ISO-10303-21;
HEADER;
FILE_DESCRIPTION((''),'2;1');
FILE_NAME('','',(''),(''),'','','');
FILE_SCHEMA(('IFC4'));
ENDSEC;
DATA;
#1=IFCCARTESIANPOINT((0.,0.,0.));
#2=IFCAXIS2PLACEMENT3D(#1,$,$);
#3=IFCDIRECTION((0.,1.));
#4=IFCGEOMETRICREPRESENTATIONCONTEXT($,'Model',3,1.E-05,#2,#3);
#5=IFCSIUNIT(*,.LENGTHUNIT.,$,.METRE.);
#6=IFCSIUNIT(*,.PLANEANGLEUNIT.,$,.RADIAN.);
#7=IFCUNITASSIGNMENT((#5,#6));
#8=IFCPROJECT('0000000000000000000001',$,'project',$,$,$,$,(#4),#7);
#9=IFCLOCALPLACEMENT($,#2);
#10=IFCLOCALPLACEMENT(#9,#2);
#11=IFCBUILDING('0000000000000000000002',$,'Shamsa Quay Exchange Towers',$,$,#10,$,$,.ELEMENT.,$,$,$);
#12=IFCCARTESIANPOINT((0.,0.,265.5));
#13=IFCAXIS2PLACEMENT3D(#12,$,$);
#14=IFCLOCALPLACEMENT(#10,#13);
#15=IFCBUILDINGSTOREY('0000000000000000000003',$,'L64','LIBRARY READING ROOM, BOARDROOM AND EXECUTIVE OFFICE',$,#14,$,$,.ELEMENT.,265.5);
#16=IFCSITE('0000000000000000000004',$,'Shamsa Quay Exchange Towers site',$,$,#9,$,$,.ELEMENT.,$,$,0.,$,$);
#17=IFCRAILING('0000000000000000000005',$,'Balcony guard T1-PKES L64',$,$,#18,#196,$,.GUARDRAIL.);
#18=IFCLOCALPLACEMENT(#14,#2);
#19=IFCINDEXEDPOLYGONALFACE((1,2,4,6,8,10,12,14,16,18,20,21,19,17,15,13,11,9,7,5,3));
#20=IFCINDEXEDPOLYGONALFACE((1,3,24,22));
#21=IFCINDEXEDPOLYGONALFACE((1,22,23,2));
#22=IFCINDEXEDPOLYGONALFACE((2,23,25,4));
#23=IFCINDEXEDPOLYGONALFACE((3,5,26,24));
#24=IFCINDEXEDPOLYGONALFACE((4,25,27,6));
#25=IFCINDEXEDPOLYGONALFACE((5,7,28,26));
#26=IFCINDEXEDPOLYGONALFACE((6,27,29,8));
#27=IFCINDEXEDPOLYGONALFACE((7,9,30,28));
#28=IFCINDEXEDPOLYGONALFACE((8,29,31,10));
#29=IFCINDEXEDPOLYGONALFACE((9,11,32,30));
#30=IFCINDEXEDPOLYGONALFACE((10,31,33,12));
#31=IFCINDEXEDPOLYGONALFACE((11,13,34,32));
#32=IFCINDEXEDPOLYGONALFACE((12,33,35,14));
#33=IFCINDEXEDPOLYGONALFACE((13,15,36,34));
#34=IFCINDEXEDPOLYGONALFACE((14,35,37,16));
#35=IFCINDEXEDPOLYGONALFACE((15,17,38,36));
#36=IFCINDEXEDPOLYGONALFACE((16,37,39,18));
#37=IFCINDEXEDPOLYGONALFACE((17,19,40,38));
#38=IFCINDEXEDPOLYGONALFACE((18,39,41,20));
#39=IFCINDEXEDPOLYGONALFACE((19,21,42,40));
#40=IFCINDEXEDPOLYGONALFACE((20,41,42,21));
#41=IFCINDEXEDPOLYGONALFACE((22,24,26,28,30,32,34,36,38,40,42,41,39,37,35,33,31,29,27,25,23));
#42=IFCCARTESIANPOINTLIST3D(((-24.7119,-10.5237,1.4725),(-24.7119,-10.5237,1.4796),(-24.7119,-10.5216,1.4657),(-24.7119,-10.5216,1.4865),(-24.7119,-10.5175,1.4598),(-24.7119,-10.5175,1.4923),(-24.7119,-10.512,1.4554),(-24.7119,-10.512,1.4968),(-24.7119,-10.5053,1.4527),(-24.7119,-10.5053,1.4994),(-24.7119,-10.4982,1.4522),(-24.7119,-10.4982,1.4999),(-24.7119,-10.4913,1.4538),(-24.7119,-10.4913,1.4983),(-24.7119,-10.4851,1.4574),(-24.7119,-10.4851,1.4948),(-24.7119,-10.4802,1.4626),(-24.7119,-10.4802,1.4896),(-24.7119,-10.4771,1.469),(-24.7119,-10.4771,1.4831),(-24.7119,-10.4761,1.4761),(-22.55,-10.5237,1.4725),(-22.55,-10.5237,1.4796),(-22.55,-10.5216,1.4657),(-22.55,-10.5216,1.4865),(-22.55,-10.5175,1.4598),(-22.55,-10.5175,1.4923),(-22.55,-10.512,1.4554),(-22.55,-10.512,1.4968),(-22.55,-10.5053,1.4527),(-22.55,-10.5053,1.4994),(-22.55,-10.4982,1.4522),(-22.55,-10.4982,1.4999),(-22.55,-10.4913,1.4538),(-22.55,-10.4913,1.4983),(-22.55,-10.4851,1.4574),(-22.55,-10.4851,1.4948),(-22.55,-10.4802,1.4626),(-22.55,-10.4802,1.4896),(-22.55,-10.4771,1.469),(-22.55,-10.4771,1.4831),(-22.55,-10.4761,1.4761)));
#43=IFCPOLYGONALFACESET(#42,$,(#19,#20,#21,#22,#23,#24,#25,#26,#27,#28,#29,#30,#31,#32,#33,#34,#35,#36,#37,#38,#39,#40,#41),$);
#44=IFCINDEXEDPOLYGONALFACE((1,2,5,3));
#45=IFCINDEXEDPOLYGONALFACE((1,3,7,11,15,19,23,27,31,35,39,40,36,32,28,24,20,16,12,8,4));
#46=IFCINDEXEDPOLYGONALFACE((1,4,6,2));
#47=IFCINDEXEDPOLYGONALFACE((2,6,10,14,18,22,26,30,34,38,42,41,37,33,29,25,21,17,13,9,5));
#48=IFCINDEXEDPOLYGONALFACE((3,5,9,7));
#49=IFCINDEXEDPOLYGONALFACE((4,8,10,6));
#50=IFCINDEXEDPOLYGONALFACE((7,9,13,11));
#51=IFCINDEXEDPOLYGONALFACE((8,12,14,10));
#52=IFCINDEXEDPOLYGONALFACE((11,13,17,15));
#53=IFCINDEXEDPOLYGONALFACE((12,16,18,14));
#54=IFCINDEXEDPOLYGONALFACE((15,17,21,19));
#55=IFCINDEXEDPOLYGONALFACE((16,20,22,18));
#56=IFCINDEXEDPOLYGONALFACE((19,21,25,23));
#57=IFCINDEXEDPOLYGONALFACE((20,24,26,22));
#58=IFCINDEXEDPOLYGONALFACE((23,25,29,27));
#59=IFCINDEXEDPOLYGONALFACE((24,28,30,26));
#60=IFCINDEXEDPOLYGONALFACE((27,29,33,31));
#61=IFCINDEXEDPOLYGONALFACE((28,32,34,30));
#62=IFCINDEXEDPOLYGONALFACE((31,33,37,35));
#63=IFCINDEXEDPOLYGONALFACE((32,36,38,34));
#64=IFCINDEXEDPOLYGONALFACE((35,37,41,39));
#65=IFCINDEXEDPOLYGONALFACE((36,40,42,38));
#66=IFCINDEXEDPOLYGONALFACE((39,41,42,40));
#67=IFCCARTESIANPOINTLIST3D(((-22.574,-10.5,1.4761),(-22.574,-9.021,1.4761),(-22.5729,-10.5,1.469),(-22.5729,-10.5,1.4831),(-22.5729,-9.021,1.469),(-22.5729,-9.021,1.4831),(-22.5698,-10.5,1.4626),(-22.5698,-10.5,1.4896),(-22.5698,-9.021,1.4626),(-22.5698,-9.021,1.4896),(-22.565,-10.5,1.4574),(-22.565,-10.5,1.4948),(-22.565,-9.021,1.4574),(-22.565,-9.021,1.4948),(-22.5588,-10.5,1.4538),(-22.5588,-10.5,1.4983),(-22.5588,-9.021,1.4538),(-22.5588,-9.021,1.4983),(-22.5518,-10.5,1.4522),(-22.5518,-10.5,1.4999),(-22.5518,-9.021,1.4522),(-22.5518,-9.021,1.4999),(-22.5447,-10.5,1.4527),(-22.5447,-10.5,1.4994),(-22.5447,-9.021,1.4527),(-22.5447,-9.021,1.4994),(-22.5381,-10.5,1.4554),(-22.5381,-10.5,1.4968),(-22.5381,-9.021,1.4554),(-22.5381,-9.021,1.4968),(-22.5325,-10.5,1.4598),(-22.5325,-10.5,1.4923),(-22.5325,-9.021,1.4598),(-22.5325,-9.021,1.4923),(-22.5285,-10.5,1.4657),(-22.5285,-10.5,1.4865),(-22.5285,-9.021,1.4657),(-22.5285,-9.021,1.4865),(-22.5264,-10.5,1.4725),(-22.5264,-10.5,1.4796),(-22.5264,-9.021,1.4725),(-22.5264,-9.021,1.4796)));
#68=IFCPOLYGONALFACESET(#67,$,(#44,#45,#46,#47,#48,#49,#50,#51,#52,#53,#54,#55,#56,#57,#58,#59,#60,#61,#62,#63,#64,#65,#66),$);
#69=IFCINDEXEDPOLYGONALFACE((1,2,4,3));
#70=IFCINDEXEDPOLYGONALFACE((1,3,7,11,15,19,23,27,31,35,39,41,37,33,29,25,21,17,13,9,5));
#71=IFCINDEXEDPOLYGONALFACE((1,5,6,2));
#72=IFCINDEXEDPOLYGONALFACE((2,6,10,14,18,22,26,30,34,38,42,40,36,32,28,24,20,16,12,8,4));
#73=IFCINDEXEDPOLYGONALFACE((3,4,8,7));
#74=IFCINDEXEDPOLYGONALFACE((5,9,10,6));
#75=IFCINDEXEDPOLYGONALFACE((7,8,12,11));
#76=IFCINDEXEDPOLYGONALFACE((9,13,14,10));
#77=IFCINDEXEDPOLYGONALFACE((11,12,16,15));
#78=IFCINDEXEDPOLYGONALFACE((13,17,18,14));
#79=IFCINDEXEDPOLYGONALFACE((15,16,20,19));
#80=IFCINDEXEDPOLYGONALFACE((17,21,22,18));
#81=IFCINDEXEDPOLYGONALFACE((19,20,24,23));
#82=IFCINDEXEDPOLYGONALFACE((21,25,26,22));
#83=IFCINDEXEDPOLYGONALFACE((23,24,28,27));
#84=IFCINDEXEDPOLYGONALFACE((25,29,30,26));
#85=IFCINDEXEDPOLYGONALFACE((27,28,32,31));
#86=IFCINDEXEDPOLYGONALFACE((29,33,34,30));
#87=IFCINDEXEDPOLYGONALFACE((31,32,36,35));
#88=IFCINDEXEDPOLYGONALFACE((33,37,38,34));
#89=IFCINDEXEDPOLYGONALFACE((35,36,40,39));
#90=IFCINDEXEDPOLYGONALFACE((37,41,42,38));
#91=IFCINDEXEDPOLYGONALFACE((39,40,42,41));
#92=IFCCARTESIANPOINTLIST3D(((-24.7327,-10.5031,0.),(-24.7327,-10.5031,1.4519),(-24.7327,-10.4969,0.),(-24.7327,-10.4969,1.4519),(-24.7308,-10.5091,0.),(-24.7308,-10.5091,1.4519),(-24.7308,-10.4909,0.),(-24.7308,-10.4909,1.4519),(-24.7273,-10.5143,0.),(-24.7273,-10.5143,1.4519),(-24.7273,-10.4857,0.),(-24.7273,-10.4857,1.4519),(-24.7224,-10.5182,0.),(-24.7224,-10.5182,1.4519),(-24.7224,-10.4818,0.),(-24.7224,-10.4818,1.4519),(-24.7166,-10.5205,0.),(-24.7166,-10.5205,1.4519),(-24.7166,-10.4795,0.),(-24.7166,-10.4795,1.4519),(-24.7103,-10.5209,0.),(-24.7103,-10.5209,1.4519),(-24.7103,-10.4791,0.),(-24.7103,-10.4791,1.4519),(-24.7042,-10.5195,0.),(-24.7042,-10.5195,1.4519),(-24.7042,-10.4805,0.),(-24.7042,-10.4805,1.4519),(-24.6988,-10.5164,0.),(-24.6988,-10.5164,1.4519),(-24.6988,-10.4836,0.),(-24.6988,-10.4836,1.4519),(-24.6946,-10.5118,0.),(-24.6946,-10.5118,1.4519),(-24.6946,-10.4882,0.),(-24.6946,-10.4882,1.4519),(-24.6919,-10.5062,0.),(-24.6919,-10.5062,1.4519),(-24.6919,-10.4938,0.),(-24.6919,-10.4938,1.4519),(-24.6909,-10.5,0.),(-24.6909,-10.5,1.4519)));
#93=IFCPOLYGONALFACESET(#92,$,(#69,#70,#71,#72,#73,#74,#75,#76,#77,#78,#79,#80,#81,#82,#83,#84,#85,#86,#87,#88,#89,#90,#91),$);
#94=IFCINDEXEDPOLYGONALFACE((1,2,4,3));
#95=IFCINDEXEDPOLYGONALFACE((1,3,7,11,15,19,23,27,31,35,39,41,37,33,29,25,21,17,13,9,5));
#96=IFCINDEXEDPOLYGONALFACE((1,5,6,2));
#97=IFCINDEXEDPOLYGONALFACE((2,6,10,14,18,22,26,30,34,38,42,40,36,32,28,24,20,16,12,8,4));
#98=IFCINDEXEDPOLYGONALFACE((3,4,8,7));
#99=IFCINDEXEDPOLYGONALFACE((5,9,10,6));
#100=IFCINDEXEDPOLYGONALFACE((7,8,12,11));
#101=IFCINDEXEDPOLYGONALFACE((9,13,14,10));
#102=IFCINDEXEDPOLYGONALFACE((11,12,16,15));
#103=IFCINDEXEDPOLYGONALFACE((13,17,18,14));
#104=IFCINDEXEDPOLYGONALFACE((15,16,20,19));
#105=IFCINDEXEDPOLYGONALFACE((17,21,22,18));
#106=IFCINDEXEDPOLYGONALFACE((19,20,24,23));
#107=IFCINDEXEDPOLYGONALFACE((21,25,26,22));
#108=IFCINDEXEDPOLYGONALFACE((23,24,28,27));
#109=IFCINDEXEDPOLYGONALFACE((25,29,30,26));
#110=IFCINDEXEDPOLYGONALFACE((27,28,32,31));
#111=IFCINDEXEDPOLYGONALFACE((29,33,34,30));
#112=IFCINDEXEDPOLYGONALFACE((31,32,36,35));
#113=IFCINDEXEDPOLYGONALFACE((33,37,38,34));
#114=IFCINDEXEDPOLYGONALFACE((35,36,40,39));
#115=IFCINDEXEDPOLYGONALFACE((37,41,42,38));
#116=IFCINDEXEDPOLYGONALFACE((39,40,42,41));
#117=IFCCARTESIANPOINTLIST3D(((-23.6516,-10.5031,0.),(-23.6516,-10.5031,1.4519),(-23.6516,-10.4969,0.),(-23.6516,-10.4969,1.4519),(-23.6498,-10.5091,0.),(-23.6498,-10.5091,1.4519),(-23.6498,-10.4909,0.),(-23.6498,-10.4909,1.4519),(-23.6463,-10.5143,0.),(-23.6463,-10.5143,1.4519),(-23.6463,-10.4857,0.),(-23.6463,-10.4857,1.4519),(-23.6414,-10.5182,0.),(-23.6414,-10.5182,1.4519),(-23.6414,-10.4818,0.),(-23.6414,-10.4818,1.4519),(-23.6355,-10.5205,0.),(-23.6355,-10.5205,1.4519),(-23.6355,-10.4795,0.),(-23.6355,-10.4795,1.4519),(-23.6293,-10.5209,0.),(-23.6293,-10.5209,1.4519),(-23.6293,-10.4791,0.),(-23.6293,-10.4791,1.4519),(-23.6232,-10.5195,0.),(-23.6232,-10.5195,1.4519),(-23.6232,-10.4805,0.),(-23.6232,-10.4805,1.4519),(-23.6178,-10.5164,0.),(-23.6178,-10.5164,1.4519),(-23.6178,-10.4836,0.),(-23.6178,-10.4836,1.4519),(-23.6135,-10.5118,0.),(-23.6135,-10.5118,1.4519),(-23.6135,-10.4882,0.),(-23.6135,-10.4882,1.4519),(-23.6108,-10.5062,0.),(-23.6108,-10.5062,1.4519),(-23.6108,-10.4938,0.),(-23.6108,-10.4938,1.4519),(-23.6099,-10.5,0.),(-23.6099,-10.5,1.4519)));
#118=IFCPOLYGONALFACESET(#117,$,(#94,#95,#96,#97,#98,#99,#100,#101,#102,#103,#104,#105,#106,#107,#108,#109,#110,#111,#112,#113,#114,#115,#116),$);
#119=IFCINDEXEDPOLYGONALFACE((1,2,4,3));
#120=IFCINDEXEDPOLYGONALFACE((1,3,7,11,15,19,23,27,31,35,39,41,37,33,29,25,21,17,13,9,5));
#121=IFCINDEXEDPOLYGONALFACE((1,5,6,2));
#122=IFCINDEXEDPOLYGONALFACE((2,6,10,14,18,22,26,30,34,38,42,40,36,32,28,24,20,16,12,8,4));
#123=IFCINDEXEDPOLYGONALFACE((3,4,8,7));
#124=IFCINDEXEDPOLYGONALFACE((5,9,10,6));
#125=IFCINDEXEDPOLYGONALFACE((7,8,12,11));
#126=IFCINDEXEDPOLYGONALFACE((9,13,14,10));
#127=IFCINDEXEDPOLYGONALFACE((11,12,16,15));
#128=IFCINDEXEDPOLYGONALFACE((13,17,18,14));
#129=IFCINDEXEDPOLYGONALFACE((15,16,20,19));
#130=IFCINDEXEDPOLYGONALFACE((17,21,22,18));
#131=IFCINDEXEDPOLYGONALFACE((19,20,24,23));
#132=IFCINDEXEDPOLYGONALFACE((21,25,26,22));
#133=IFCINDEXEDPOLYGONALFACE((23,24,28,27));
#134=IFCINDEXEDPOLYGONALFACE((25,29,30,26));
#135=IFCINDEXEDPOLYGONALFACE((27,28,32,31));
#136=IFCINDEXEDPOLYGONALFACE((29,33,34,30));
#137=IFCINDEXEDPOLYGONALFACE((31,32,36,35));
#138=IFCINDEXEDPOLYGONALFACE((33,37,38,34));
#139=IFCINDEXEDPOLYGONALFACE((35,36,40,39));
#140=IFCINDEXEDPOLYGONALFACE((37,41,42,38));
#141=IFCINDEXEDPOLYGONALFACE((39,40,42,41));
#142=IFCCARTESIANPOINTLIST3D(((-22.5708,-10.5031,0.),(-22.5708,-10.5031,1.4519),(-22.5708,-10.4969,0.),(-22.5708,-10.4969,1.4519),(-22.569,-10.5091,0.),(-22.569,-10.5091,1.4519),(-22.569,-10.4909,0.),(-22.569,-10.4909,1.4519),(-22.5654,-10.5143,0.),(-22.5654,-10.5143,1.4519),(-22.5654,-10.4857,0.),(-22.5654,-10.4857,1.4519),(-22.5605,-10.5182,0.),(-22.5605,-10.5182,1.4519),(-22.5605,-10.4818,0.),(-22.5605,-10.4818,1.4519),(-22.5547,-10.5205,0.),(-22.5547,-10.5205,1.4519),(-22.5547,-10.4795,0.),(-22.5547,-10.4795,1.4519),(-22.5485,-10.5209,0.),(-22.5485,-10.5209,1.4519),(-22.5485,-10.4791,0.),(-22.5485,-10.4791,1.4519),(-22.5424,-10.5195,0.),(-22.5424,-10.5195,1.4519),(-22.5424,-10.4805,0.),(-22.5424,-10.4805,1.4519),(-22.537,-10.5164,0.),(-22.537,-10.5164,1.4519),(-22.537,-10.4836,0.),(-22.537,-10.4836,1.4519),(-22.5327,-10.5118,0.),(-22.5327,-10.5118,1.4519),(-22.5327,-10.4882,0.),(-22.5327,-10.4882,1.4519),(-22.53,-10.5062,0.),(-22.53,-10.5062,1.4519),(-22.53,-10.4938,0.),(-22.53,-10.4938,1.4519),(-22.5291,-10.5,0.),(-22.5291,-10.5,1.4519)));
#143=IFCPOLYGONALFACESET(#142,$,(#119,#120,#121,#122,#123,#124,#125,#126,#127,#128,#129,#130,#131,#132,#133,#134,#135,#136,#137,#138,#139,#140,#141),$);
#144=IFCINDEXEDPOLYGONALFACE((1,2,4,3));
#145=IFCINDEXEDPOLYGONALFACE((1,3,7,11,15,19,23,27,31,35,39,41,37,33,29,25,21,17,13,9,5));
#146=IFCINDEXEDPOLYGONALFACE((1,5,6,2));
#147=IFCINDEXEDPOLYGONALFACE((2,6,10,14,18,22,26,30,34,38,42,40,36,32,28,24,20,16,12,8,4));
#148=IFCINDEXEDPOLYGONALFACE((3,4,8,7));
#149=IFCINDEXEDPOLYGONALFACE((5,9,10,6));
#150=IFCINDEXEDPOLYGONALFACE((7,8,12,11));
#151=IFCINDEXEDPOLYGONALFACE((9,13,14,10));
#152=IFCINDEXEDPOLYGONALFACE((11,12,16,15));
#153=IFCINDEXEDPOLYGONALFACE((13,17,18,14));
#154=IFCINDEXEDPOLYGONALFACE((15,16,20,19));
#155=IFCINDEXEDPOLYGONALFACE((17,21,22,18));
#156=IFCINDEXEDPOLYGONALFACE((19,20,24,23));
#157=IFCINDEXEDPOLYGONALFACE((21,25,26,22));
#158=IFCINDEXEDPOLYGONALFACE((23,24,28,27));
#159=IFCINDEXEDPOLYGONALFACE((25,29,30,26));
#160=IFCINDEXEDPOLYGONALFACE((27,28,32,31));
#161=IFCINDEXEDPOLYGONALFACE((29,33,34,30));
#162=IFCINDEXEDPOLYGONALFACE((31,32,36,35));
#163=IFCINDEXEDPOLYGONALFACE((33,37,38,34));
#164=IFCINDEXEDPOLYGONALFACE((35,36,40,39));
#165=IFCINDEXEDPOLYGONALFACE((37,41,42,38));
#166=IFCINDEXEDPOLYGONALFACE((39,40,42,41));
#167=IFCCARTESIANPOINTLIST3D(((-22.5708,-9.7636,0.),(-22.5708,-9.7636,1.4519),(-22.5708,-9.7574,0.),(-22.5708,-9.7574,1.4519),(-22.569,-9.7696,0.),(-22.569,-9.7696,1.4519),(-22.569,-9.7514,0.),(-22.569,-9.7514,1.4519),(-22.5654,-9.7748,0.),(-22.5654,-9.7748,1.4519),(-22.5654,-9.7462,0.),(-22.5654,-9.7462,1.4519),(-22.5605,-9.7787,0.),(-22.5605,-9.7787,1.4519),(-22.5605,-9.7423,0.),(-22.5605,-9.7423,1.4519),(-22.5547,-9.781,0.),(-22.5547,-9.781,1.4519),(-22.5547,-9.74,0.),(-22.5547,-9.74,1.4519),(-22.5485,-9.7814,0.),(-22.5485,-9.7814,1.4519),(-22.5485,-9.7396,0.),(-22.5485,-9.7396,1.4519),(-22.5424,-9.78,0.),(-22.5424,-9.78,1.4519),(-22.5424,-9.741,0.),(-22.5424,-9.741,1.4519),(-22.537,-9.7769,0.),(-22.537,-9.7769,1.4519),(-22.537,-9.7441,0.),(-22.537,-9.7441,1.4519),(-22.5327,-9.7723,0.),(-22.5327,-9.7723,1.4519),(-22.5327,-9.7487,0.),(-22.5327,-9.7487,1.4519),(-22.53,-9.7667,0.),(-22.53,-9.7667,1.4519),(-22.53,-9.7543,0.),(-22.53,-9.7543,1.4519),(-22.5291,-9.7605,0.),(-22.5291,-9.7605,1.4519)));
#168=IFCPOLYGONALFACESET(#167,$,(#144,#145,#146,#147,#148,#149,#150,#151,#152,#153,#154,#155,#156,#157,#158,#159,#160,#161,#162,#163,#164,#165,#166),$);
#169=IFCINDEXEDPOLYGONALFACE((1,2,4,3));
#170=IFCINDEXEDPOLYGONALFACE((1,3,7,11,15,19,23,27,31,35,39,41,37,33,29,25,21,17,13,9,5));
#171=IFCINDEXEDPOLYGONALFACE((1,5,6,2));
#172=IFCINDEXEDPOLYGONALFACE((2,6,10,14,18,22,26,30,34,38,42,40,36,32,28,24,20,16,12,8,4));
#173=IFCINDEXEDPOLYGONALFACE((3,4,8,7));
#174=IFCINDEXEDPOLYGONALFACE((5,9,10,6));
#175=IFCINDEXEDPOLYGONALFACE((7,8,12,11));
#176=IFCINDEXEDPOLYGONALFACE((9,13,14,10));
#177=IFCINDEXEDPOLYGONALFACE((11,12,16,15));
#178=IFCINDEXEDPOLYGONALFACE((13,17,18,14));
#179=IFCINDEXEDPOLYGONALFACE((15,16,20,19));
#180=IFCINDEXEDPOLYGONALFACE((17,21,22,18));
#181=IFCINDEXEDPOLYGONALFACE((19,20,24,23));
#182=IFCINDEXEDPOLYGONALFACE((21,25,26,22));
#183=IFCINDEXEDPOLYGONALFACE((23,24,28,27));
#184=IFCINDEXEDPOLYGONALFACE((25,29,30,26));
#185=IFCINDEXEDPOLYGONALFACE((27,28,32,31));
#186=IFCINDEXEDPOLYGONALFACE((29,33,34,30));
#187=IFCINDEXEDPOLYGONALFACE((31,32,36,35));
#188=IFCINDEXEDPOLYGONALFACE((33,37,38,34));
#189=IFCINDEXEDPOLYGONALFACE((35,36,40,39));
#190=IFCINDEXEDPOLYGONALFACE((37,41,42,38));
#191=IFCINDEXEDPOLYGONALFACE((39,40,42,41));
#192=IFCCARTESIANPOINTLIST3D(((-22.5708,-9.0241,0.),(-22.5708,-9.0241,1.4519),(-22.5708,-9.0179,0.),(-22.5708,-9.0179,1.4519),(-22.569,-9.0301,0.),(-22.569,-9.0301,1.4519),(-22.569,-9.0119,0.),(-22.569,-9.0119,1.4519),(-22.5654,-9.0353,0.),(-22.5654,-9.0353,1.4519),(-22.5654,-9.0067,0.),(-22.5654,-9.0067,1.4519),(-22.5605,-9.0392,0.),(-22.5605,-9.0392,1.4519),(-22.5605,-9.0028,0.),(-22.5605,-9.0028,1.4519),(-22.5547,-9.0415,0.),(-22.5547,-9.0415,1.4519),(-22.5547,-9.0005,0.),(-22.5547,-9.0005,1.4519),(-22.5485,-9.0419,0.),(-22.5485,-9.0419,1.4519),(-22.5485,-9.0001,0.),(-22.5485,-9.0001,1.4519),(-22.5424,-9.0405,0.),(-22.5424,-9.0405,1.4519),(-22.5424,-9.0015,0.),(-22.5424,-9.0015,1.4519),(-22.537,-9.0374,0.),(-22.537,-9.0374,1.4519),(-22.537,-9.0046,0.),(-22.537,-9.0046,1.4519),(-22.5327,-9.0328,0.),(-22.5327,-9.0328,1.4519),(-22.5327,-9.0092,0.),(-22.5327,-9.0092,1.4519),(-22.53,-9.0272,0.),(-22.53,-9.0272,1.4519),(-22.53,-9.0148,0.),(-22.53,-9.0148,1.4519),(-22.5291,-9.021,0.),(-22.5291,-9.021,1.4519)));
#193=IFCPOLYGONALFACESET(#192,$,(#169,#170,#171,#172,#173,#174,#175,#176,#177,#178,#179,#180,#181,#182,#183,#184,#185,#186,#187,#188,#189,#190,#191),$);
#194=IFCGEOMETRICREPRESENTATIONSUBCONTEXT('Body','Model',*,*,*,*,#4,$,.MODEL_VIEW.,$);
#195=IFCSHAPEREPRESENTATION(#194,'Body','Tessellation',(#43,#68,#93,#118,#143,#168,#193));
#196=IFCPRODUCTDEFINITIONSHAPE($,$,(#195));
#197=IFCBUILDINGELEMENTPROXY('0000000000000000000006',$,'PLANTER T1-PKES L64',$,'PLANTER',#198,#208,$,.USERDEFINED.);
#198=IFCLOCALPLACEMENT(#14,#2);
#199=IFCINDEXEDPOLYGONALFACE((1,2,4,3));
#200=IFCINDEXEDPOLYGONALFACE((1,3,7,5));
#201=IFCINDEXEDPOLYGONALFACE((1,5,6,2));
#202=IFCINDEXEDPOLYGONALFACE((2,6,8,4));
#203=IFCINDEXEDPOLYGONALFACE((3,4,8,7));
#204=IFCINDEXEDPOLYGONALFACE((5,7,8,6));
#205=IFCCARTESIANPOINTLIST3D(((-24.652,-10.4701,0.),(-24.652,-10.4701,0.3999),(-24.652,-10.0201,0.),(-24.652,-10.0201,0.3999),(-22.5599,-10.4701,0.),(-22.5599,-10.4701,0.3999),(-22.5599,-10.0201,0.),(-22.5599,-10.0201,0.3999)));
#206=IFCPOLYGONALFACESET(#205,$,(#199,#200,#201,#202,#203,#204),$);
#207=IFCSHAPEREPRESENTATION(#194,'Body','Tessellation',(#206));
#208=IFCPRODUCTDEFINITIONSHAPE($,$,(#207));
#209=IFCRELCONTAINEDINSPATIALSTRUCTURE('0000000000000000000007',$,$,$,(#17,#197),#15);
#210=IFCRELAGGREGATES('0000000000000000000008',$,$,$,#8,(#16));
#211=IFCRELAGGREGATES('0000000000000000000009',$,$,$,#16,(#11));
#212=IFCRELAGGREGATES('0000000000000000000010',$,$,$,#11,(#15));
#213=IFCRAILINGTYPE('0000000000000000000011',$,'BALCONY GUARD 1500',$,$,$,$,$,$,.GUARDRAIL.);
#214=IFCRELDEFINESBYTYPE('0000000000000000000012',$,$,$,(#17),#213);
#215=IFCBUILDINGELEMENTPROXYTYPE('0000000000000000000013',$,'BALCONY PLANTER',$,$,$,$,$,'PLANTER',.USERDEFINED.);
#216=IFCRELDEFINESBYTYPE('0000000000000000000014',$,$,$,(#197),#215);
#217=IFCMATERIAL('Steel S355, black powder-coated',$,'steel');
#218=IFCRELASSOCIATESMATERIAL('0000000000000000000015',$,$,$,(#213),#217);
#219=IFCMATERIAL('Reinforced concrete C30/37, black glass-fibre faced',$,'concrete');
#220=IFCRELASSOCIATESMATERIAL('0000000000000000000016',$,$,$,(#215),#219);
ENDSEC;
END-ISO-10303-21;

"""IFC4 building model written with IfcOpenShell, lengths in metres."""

from ifc_helpers import new_model, si_unit, direction, frame, origin, origin_2d, place, context, subcontext, project, spatial, rectangle, circle, extrude, material, type_object, element, save


model = new_model("IFC4")

# Units and contexts
model_context = context("Model", 3, precision=1e-05, world=origin(), true_north=direction((0.0, 1.0)))
body_context = subcontext(model_context, "Body", "Model", "MODEL_VIEW")
ifc_project = project(units=[si_unit("LENGTHUNIT", "METRE"), si_unit("PLANEANGLEUNIT", "RADIAN")], contexts=[model_context])

# Site, building, storey
site_placement = place(None, origin())
site = spatial("IfcSite", under=ifc_project, at=site_placement, Name="Shamsa Quay Exchange Towers site", CompositionType="ELEMENT", RefElevation=0.0)
building_placement = place(site_placement, origin())
building = spatial("IfcBuilding", under=site, at=building_placement, Name="Shamsa Quay Exchange Towers", CompositionType="ELEMENT")
storey_placement = place(building_placement, frame((0.0, 0.0, 265.5)))
storey = spatial("IfcBuildingStorey", under=building, at=storey_placement, Name="L64", Description="LIBRARY READING ROOM, BOARDROOM AND EXECUTIVE OFFICE", CompositionType="ELEMENT", Elevation=265.5)

# Railing
ifc_material_1 = material(Name="Steel S355, black powder-coated", Category="steel")
railing_type = type_object("IfcRailingType", Name="BALCONY GUARD 1500", PredefinedType="GUARDRAIL", material=ifc_material_1)
railing_placement = place(storey_placement, frame((-24.7119, -10.5, 0.0)))
element("IfcRailing", 1, at=railing_placement, inside=storey, type_object=railing_type, Name="Balcony guard T1-PKES L64", PredefinedType="GUARDRAIL", context=body_context, shape_type="SweptSolid", body=[
    extrude(circle(Radius=0.0239, at=origin_2d()), frame((0.0, 0.0, 1.4761), z_axis=(1.0, 0.0, 0.0), x_axis=(0.0, 1.0, 0.0)), (0.0, 0.0, 1.0), 2.1619),
    extrude(circle(Radius=0.0239, at=origin_2d()), frame((2.1619, 0.0, 1.4761), z_axis=(0.0, 1.0, 0.0), x_axis=(-1.0, 0.0, 0.0)), (0.0, 0.0, 1.0), 1.479),
    extrude(circle(Radius=0.021, at=origin_2d()), origin(), (0.0, 0.0, 1.0), 1.4519),
    extrude(circle(Radius=0.021, at=origin_2d()), frame((1.0811, 0.0, 0.0)), (0.0, 0.0, 1.0), 1.4519),
    extrude(circle(Radius=0.021, at=origin_2d()), frame((2.1619, 0.0, 0.0)), (0.0, 0.0, 1.0), 1.4519),
    extrude(circle(Radius=0.021, at=origin_2d()), frame((2.1619, 0.7395, 0.0)), (0.0, 0.0, 1.0), 1.4519),
    extrude(circle(Radius=0.021, at=origin_2d()), frame((2.1619, 1.479, 0.0)), (0.0, 0.0, 1.0), 1.4519),
])

# Building element proxy
ifc_material_2 = material(Name="Reinforced concrete C30/37, black glass-fibre faced", Category="concrete")
building_element_proxy_type = type_object("IfcBuildingElementProxyType", Name="BALCONY PLANTER", ElementType="PLANTER", PredefinedType="USERDEFINED", material=ifc_material_2)
proxy_placement = place(storey_placement, frame((-23.606, -10.2451, 0.0)))
element("IfcBuildingElementProxy", 2, at=proxy_placement, inside=storey, type_object=building_element_proxy_type, Name="PLANTER T1-PKES L64", ObjectType="PLANTER", PredefinedType="USERDEFINED", context=body_context, shape_type="SweptSolid", body=[
    extrude(rectangle(XDim=2.092, YDim=0.45, at=origin_2d()), origin(), (0.0, 0.0, 1.0), 0.3999),
])

save(model, "model.ifc")
